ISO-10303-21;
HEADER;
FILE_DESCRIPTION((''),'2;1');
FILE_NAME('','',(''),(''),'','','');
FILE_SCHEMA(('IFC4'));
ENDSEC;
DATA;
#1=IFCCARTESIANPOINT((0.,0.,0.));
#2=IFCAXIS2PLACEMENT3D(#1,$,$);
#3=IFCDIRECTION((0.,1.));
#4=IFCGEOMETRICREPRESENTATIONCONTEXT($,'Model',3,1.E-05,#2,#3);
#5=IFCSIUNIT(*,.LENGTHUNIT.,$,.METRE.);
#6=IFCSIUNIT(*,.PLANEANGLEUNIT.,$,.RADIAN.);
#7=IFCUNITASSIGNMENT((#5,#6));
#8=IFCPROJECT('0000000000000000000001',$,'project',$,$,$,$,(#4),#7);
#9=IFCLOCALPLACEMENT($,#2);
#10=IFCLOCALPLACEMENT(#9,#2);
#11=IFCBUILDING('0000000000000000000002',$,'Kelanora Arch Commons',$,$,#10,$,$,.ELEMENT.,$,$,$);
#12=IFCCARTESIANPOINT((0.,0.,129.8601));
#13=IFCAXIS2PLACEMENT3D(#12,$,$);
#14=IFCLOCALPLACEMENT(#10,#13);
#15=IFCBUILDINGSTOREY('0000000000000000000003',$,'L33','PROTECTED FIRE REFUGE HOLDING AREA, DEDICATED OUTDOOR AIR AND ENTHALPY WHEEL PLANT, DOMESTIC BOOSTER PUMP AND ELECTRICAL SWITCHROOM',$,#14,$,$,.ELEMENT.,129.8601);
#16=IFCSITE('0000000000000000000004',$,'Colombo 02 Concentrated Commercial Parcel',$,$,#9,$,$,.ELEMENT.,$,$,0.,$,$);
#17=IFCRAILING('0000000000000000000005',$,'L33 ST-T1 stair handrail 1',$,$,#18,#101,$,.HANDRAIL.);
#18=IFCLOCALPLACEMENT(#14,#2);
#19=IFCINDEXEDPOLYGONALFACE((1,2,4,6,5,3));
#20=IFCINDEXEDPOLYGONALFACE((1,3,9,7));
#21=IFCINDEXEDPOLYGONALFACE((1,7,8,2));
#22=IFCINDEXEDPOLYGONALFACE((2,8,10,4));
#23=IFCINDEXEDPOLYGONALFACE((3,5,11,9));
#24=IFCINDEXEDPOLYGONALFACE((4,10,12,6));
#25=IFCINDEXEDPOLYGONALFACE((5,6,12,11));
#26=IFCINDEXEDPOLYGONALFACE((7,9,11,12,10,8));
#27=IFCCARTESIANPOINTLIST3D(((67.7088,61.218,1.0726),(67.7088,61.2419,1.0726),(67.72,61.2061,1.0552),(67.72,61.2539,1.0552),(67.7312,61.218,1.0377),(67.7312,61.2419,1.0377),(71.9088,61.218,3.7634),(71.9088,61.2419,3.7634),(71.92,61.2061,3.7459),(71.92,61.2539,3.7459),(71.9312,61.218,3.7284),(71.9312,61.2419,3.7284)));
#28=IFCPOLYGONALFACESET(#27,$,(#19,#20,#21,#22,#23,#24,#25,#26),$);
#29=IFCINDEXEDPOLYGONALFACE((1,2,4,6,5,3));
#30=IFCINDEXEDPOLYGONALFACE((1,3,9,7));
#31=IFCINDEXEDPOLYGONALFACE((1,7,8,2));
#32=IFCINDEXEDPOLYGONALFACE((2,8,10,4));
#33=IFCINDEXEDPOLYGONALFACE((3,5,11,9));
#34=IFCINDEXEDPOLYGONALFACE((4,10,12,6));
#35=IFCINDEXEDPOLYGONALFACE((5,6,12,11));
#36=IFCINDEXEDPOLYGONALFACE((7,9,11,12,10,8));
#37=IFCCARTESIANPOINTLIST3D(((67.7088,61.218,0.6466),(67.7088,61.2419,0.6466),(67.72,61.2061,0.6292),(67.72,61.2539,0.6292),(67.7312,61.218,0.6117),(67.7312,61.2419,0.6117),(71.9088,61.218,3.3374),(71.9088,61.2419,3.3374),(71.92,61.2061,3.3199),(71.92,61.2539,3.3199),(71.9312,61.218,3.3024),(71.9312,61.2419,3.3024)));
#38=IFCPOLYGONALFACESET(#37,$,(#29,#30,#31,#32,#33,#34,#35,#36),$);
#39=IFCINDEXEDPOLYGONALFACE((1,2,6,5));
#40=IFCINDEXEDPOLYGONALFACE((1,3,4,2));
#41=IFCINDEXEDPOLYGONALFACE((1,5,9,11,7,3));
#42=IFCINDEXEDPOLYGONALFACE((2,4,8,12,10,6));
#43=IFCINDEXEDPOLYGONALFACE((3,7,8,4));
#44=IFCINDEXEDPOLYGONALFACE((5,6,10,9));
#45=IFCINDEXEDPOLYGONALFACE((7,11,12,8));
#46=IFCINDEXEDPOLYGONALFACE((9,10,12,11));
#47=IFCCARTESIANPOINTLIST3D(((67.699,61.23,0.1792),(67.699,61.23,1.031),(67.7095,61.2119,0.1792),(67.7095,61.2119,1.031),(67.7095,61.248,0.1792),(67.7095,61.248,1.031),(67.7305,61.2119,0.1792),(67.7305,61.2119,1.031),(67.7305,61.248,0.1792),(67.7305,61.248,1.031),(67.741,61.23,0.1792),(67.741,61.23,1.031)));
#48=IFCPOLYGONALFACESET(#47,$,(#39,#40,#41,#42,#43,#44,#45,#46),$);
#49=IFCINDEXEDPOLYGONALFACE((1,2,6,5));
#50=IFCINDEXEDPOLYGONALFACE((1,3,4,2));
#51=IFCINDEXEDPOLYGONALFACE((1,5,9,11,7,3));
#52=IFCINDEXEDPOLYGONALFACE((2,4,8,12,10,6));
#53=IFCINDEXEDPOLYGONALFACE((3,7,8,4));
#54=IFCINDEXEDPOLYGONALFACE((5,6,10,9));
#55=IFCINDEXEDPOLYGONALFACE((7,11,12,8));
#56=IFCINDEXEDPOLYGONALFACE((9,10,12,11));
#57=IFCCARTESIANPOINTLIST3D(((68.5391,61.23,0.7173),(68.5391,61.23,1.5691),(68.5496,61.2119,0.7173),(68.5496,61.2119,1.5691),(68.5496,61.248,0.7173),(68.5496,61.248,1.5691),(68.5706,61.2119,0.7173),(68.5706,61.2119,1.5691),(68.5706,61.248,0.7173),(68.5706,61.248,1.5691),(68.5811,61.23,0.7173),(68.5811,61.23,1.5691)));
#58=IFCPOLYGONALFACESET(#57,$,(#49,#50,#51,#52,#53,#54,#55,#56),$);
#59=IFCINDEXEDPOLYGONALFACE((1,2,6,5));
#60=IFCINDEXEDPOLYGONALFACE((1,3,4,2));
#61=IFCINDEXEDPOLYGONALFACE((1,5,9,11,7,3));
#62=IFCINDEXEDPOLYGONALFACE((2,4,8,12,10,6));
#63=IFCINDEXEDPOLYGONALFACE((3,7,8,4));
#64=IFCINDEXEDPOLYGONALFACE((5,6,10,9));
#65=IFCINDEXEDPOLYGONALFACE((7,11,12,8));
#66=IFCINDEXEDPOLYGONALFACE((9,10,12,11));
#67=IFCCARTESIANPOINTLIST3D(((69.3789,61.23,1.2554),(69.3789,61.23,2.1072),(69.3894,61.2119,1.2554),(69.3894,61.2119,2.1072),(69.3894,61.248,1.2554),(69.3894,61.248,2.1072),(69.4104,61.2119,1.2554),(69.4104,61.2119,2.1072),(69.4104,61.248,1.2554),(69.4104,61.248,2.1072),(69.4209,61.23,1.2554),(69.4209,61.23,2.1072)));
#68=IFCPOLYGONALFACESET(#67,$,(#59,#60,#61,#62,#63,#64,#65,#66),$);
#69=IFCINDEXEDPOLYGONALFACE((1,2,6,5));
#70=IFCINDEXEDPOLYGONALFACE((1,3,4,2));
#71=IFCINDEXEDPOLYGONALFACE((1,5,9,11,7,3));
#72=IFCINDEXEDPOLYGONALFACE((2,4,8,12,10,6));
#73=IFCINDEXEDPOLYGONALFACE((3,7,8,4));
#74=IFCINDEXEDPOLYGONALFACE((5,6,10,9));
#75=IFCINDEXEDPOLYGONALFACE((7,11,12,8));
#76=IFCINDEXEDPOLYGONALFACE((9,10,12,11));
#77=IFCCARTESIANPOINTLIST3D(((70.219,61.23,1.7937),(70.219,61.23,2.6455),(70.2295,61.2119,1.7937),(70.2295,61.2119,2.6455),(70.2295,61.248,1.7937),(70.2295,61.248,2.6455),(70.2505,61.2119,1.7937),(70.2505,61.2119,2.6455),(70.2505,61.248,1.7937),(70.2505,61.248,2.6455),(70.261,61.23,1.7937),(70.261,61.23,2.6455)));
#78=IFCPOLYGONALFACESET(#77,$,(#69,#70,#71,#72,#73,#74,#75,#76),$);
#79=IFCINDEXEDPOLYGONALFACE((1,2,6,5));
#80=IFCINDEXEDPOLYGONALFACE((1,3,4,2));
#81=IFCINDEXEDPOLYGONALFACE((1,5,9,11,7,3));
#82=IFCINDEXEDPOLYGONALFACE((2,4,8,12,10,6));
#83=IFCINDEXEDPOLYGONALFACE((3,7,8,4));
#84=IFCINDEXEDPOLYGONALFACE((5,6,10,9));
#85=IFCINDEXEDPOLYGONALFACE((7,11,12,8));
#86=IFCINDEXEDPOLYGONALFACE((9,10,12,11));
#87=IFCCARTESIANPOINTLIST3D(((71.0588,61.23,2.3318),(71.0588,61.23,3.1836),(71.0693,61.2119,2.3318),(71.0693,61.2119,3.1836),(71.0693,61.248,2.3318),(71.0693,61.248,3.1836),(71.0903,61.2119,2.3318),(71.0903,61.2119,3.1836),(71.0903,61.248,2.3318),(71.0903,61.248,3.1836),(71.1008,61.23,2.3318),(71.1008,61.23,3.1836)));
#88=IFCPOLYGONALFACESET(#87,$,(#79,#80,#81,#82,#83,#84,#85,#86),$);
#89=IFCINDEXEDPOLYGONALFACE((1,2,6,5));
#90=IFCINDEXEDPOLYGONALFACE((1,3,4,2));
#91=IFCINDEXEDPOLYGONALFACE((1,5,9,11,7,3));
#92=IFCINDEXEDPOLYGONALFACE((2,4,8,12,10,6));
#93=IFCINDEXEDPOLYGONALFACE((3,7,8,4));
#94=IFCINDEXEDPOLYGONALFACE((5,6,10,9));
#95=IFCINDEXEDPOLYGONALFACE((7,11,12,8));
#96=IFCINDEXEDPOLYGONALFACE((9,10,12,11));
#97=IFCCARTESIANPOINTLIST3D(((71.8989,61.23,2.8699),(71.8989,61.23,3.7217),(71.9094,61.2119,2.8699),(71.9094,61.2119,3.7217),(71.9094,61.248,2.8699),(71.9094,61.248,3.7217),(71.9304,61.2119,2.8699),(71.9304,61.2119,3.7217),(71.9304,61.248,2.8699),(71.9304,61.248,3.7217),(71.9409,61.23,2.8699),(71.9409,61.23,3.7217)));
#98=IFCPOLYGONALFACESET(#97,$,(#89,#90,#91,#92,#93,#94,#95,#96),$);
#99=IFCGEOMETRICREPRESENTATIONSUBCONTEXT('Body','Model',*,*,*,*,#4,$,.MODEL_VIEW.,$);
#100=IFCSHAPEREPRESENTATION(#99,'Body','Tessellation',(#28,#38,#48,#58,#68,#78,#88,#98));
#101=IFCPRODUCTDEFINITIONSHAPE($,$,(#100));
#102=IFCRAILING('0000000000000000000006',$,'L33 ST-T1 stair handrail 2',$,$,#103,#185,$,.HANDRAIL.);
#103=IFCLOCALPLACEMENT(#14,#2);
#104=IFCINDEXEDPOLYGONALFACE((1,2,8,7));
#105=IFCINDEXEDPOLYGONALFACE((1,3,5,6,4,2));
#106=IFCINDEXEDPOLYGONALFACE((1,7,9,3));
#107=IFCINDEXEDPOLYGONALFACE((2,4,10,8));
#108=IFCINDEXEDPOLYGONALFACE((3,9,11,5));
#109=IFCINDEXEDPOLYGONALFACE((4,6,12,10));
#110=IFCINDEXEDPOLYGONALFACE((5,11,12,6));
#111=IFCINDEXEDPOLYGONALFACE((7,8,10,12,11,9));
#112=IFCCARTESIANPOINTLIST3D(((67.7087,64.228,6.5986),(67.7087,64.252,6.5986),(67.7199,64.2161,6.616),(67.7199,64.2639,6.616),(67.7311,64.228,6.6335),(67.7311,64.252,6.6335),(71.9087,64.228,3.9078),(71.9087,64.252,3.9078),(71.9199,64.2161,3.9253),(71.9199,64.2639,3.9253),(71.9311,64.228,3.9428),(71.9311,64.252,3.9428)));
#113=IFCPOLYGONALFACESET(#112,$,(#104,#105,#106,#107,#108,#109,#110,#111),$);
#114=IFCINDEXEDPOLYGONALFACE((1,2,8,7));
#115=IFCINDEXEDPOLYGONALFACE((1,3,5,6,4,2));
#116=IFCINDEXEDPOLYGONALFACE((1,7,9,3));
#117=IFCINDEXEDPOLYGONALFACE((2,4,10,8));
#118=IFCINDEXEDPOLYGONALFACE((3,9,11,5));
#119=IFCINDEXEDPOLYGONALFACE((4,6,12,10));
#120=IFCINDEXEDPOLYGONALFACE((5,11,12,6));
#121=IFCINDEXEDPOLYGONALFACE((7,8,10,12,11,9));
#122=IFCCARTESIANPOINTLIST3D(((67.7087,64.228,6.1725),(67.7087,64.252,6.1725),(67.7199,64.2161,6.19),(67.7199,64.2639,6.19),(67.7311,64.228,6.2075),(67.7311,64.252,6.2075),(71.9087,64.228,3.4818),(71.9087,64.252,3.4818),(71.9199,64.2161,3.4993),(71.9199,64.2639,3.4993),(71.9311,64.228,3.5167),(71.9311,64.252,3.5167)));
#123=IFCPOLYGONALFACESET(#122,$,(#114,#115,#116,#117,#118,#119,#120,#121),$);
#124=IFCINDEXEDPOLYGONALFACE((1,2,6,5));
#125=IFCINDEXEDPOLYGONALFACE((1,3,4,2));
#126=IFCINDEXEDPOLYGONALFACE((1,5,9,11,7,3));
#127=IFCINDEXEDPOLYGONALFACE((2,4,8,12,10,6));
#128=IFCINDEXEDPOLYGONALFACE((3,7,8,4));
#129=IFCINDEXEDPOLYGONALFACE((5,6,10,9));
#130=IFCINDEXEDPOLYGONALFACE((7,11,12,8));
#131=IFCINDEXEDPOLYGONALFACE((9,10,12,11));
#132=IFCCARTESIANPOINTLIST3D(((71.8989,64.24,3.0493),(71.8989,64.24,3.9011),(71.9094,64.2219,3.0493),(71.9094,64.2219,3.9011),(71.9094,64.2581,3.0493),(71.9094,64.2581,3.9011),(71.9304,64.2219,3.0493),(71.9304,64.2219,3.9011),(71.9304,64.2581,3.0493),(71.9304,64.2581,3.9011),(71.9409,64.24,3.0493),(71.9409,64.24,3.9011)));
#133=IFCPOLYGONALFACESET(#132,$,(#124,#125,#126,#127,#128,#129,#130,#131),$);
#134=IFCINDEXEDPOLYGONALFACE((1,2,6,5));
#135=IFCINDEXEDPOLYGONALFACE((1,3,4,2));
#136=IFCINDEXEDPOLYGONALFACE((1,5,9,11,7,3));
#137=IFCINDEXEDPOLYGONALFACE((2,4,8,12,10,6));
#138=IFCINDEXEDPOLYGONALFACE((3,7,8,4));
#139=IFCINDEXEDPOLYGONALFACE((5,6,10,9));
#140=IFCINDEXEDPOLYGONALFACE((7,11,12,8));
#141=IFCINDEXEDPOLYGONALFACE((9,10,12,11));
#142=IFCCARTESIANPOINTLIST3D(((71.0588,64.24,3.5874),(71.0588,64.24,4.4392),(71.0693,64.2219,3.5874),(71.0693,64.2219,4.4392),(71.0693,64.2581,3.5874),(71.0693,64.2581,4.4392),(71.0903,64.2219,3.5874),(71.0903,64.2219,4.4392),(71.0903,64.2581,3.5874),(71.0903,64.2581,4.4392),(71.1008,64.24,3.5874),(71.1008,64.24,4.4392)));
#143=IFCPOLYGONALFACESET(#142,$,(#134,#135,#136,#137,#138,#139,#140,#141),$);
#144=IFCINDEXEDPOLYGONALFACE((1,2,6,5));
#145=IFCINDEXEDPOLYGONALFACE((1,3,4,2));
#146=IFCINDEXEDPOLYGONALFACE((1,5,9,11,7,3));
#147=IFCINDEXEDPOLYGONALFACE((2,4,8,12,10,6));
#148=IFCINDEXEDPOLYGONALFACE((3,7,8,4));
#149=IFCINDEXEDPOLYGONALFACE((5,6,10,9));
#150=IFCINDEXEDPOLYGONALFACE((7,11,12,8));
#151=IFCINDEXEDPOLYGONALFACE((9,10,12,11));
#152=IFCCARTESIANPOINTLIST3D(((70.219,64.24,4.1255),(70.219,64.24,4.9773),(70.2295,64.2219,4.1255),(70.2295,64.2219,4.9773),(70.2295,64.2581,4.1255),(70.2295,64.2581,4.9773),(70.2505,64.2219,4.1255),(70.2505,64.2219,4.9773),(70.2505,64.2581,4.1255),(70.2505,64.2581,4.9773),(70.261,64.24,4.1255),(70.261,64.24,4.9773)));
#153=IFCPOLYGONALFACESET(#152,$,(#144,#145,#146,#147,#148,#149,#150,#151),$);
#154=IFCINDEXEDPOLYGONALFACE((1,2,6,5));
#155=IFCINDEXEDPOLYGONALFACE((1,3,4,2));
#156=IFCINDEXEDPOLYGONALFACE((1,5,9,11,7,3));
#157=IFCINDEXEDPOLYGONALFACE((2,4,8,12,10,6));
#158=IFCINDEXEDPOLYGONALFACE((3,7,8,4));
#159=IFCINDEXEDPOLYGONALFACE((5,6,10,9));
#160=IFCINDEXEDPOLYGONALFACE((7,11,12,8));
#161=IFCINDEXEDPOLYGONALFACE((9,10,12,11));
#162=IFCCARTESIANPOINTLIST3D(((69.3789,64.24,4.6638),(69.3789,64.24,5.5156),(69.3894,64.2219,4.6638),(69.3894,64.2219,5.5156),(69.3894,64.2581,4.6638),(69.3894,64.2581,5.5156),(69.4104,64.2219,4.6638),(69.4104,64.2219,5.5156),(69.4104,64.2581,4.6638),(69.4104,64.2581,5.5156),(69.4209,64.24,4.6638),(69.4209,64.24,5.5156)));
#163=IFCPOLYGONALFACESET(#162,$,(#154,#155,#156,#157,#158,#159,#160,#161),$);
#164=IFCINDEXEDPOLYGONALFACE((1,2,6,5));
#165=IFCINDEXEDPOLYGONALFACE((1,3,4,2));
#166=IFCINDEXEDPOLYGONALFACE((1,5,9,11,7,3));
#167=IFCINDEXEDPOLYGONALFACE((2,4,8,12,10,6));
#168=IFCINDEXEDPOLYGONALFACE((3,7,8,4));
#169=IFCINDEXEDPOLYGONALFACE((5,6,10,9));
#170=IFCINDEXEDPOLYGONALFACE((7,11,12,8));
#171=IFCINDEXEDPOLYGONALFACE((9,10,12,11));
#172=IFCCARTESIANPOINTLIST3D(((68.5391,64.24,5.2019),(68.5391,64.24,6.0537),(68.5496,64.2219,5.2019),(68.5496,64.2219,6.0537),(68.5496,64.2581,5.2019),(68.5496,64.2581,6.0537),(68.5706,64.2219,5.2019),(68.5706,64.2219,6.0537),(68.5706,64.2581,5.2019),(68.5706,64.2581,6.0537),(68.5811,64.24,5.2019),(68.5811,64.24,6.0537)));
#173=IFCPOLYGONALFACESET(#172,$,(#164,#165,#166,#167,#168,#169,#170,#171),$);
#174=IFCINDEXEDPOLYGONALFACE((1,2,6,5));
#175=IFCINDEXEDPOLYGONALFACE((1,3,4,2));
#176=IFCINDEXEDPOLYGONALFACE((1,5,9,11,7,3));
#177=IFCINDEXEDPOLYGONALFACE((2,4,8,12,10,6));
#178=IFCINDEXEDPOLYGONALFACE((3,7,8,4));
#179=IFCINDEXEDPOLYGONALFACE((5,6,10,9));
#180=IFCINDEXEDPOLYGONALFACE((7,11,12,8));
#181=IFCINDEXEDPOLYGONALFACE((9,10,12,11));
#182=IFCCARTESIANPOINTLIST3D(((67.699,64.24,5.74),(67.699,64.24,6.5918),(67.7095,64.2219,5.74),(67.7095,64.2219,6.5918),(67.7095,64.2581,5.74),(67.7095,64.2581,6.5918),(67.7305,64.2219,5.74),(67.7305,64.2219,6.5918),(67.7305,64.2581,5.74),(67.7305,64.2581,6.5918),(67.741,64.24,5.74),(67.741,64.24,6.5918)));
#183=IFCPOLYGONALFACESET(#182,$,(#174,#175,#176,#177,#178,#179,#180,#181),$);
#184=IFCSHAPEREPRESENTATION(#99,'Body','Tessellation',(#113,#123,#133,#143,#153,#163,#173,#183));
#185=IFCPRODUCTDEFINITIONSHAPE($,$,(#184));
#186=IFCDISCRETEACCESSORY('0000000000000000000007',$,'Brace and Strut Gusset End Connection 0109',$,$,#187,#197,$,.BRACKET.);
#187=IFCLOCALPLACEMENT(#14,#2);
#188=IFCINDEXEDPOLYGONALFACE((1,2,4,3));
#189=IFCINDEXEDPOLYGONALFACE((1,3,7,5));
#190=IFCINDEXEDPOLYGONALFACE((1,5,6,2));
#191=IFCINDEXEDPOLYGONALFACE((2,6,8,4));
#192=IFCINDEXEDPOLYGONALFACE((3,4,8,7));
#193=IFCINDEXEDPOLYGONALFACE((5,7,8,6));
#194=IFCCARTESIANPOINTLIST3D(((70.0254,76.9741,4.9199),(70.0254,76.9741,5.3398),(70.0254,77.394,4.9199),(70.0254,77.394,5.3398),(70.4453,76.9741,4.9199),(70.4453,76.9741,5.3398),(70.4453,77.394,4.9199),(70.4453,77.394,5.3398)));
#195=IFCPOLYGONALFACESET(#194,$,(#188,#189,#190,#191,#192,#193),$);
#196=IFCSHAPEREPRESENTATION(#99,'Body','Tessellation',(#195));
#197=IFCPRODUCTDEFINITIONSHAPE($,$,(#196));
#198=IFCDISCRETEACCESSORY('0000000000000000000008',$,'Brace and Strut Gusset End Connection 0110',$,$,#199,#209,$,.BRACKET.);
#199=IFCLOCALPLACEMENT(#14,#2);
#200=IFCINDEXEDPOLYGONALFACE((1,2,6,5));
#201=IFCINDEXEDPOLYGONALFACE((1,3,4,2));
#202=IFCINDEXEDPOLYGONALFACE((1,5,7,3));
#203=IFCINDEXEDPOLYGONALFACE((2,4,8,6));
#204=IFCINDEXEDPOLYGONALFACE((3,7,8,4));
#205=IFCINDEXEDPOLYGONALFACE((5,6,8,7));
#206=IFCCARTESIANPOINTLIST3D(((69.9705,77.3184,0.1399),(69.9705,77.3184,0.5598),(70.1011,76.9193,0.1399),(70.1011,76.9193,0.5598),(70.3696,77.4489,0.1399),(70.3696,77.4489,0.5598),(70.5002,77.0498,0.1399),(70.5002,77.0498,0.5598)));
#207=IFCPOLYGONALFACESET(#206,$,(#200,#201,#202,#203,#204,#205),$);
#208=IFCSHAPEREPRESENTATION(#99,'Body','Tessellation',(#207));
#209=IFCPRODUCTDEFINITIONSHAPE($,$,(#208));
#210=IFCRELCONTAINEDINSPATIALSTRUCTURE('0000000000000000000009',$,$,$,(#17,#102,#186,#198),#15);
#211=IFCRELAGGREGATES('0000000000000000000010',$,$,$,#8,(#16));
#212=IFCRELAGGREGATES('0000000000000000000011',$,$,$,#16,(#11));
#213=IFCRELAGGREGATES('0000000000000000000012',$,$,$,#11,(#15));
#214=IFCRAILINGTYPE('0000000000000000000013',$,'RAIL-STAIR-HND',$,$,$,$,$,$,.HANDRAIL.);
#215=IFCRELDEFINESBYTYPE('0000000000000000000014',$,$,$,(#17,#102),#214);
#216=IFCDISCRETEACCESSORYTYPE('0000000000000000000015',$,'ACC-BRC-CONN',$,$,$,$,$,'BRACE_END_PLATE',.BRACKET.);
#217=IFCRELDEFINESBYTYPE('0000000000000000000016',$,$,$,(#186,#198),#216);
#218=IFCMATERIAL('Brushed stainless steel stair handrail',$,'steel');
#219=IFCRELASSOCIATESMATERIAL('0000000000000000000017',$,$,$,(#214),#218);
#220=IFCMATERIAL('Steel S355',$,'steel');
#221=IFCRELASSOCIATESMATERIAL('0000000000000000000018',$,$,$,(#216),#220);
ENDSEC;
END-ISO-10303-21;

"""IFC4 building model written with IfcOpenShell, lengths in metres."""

from ifc_helpers import new_model, si_unit, direction, frame, origin, origin_2d, place, context, subcontext, project, spatial, polyline, rectangle, outline, extrude, source, transform, mapped, material, type_object, element, save


model = new_model("IFC4")

# Units and contexts
model_context = context("Model", 3, precision=1e-05, world=origin(), true_north=direction((0.0, 1.0)))
body_context = subcontext(model_context, "Body", "Model", "MODEL_VIEW")
ifc_project = project(units=[si_unit("LENGTHUNIT", "METRE"), si_unit("PLANEANGLEUNIT", "RADIAN")], contexts=[model_context])

# Site, building, storey
site_placement = place(None, origin())
site = spatial("IfcSite", under=ifc_project, at=site_placement, Name="Colombo 02 Concentrated Commercial Parcel", CompositionType="ELEMENT", RefElevation=0.0)
building_placement = place(site_placement, origin())
building = spatial("IfcBuilding", under=site, at=building_placement, Name="Kelanora Arch Commons", CompositionType="ELEMENT")
storey_placement = place(building_placement, frame((0.0, 0.0, 129.8601)))
storey = spatial("IfcBuildingStorey", under=building, at=storey_placement, Name="L33", Description="PROTECTED FIRE REFUGE HOLDING AREA, DEDICATED OUTDOOR AIR AND ENTHALPY WHEEL PLANT, DOMESTIC BOOSTER PUMP AND ELECTRICAL SWITCHROOM", CompositionType="ELEMENT", Elevation=129.8601)

# Shared definitions
ifc_material_1 = material(Name="Steel S355", Category="steel")

# Railings
ifc_material_2 = material(Name="Brushed stainless steel stair handrail", Category="steel")
railing_type_1 = type_object("IfcRailingType", Name="RAIL-STAIR-HND", PredefinedType="HANDRAIL", material=ifc_material_2)
railing_1_placement = place(storey_placement, frame((67.72, 61.23, 0.1792)))
element("IfcRailing", 1, at=railing_1_placement, inside=storey, type_object=railing_type_1, Name="L33 ST-T1 stair handrail 1", PredefinedType="HANDRAIL", context=body_context, shape_type="SweptSolid", body=[
    extrude(outline(polyline([(0.0239, 0.0), (0.012, 0.0208), (-0.012, 0.0208), (-0.0239, 0.0), (-0.012, -0.0208), (0.012, -0.0208), (0.0239, 0.0)])), frame((0.0, 0.0, 0.876), z_axis=(0.842025, 0.0, 0.539438), x_axis=(0.0, 1.0, 0.0)), (0.0, 0.0, 1.0), 4.988),
    extrude(outline(polyline([(0.0239, 0.0), (0.012, 0.0208), (-0.012, 0.0208), (-0.0239, 0.0), (-0.012, -0.0208), (0.012, -0.0208), (0.0239, 0.0)])), frame((0.0, 0.0, 0.45), z_axis=(0.842025, 0.0, 0.539438), x_axis=(0.0, 1.0, 0.0)), (0.0, 0.0, 1.0), 4.988),
    extrude(outline(polyline([(0.021, 0.0), (0.0105, 0.0181), (-0.0105, 0.0181), (-0.021, 0.0), (-0.0105, -0.0181), (0.0105, -0.0181), (0.021, 0.0)])), origin(), (0.0, 0.0, 1.0), 0.8518),
    extrude(outline(polyline([(0.021, 0.0), (0.0105, 0.0181), (-0.0105, 0.0181), (-0.021, 0.0), (-0.0105, -0.0181), (0.0105, -0.0181), (0.021, 0.0)])), frame((0.8401, 0.0, 0.5381)), (0.0, 0.0, 1.0), 0.8518),
    extrude(outline(polyline([(0.021, 0.0), (0.0105, 0.0181), (-0.0105, 0.0181), (-0.021, 0.0), (-0.0105, -0.0181), (0.0105, -0.0181), (0.021, 0.0)])), frame((1.6799, 0.0, 1.0762)), (0.0, 0.0, 1.0), 0.8518),
    extrude(outline(polyline([(0.021, 0.0), (0.0105, 0.0181), (-0.0105, 0.0181), (-0.021, 0.0), (-0.0105, -0.0181), (0.0105, -0.0181), (0.021, 0.0)])), frame((2.52, 0.0, 1.6145)), (0.0, 0.0, 1.0), 0.8518),
    extrude(outline(polyline([(0.021, 0.0), (0.0105, 0.0181), (-0.0105, 0.0181), (-0.021, 0.0), (-0.0105, -0.0181), (0.0105, -0.0181), (0.021, 0.0)])), frame((3.3599, 0.0, 2.1526)), (0.0, 0.0, 1.0), 0.8518),
    extrude(outline(polyline([(0.021, 0.0), (0.0105, 0.0181), (-0.0105, 0.0181), (-0.021, 0.0), (-0.0105, -0.0181), (0.0105, -0.0181), (0.021, 0.0)])), frame((4.2, 0.0, 2.6907)), (0.0, 0.0, 1.0), 0.8518),
])
railing_2_placement = place(storey_placement, frame((71.9199, 64.24, 3.0493)))
element("IfcRailing", 2, at=railing_2_placement, inside=storey, type_object=railing_type_1, Name="L33 ST-T1 stair handrail 2", PredefinedType="HANDRAIL", context=body_context, shape_type="SweptSolid", body=[
    extrude(outline(polyline([(0.0239, 0.0), (0.012, 0.0208), (-0.012, 0.0208), (-0.0239, 0.0), (-0.012, -0.0208), (0.012, -0.0208), (0.0239, 0.0)])), frame((0.0, 0.0, 0.876), z_axis=(-0.842025, 0.0, 0.539438), x_axis=(0.0, -1.0, 0.0)), (0.0, 0.0, 1.0), 4.988),
    extrude(outline(polyline([(0.0239, 0.0), (0.012, 0.0208), (-0.012, 0.0208), (-0.0239, 0.0), (-0.012, -0.0208), (0.012, -0.0208), (0.0239, 0.0)])), frame((0.0, 0.0, 0.45), z_axis=(-0.842025, 0.0, 0.539438), x_axis=(0.0, -1.0, 0.0)), (0.0, 0.0, 1.0), 4.988),
    extrude(outline(polyline([(0.021, 0.0), (0.0105, 0.0181), (-0.0105, 0.0181), (-0.021, 0.0), (-0.0105, -0.0181), (0.0105, -0.0181), (0.021, 0.0)])), origin(), (0.0, 0.0, 1.0), 0.8518),
    extrude(outline(polyline([(0.021, 0.0), (0.0105, 0.0181), (-0.0105, 0.0181), (-0.021, 0.0), (-0.0105, -0.0181), (0.0105, -0.0181), (0.021, 0.0)])), frame((-0.8401, 0.0, 0.5381)), (0.0, 0.0, 1.0), 0.8518),
    extrude(outline(polyline([(0.021, 0.0), (0.0105, 0.0181), (-0.0105, 0.0181), (-0.021, 0.0), (-0.0105, -0.0181), (0.0105, -0.0181), (0.021, 0.0)])), frame((-1.6799, 0.0, 1.0762)), (0.0, 0.0, 1.0), 0.8518),
    extrude(outline(polyline([(0.021, 0.0), (0.0105, 0.0181), (-0.0105, 0.0181), (-0.021, 0.0), (-0.0105, -0.0181), (0.0105, -0.0181), (0.021, 0.0)])), frame((-2.52, 0.0, 1.6145)), (0.0, 0.0, 1.0), 0.8518),
    extrude(outline(polyline([(0.021, 0.0), (0.0105, 0.0181), (-0.0105, 0.0181), (-0.021, 0.0), (-0.0105, -0.0181), (0.0105, -0.0181), (0.021, 0.0)])), frame((-3.3599, 0.0, 2.1526)), (0.0, 0.0, 1.0), 0.8518),
    extrude(outline(polyline([(0.021, 0.0), (0.0105, 0.0181), (-0.0105, 0.0181), (-0.021, 0.0), (-0.0105, -0.0181), (0.0105, -0.0181), (0.021, 0.0)])), frame((-4.2, 0.0, 2.6907)), (0.0, 0.0, 1.0), 0.8518),
])

# Discrete accessories
discrete_accessory_type = type_object("IfcDiscreteAccessoryType", Name="ACC-BRC-CONN", ElementType="BRACE_END_PLATE", PredefinedType="BRACKET", material=ifc_material_1)
shared_shape = source(origin(), body_context, "Body", "SweptSolid", [
    extrude(rectangle(XDim=0.4199, YDim=0.4199, at=origin_2d()), origin(), (0.0, 0.0, 1.0), 0.4199),
])
for number, where, z_axis, x_axis, name in (
    (3, (70.2354, 77.1841, 4.9199), (0.0, 0.0, 1.0), (-1.0, 0.0, 0.0), "Brace and Strut Gusset End Connection 0109"),
    (4, (70.2354, 77.1841, 0.1399), (0.0, 0.0, 1.0), (-0.950461, -0.310842, 0.0), "Brace and Strut Gusset End Connection 0110"),
):
    element("IfcDiscreteAccessory", number, at=place(storey_placement, frame(where, z_axis=z_axis, x_axis=x_axis)), inside=storey, type_object=discrete_accessory_type, Name=name, PredefinedType="BRACKET", context=body_context, shape_type="MappedRepresentation", body=[
        mapped(shared_shape, transform((0.0, 0.0, 0.0), scale=1.0)),
    ])

save(model, "model.ifc")
